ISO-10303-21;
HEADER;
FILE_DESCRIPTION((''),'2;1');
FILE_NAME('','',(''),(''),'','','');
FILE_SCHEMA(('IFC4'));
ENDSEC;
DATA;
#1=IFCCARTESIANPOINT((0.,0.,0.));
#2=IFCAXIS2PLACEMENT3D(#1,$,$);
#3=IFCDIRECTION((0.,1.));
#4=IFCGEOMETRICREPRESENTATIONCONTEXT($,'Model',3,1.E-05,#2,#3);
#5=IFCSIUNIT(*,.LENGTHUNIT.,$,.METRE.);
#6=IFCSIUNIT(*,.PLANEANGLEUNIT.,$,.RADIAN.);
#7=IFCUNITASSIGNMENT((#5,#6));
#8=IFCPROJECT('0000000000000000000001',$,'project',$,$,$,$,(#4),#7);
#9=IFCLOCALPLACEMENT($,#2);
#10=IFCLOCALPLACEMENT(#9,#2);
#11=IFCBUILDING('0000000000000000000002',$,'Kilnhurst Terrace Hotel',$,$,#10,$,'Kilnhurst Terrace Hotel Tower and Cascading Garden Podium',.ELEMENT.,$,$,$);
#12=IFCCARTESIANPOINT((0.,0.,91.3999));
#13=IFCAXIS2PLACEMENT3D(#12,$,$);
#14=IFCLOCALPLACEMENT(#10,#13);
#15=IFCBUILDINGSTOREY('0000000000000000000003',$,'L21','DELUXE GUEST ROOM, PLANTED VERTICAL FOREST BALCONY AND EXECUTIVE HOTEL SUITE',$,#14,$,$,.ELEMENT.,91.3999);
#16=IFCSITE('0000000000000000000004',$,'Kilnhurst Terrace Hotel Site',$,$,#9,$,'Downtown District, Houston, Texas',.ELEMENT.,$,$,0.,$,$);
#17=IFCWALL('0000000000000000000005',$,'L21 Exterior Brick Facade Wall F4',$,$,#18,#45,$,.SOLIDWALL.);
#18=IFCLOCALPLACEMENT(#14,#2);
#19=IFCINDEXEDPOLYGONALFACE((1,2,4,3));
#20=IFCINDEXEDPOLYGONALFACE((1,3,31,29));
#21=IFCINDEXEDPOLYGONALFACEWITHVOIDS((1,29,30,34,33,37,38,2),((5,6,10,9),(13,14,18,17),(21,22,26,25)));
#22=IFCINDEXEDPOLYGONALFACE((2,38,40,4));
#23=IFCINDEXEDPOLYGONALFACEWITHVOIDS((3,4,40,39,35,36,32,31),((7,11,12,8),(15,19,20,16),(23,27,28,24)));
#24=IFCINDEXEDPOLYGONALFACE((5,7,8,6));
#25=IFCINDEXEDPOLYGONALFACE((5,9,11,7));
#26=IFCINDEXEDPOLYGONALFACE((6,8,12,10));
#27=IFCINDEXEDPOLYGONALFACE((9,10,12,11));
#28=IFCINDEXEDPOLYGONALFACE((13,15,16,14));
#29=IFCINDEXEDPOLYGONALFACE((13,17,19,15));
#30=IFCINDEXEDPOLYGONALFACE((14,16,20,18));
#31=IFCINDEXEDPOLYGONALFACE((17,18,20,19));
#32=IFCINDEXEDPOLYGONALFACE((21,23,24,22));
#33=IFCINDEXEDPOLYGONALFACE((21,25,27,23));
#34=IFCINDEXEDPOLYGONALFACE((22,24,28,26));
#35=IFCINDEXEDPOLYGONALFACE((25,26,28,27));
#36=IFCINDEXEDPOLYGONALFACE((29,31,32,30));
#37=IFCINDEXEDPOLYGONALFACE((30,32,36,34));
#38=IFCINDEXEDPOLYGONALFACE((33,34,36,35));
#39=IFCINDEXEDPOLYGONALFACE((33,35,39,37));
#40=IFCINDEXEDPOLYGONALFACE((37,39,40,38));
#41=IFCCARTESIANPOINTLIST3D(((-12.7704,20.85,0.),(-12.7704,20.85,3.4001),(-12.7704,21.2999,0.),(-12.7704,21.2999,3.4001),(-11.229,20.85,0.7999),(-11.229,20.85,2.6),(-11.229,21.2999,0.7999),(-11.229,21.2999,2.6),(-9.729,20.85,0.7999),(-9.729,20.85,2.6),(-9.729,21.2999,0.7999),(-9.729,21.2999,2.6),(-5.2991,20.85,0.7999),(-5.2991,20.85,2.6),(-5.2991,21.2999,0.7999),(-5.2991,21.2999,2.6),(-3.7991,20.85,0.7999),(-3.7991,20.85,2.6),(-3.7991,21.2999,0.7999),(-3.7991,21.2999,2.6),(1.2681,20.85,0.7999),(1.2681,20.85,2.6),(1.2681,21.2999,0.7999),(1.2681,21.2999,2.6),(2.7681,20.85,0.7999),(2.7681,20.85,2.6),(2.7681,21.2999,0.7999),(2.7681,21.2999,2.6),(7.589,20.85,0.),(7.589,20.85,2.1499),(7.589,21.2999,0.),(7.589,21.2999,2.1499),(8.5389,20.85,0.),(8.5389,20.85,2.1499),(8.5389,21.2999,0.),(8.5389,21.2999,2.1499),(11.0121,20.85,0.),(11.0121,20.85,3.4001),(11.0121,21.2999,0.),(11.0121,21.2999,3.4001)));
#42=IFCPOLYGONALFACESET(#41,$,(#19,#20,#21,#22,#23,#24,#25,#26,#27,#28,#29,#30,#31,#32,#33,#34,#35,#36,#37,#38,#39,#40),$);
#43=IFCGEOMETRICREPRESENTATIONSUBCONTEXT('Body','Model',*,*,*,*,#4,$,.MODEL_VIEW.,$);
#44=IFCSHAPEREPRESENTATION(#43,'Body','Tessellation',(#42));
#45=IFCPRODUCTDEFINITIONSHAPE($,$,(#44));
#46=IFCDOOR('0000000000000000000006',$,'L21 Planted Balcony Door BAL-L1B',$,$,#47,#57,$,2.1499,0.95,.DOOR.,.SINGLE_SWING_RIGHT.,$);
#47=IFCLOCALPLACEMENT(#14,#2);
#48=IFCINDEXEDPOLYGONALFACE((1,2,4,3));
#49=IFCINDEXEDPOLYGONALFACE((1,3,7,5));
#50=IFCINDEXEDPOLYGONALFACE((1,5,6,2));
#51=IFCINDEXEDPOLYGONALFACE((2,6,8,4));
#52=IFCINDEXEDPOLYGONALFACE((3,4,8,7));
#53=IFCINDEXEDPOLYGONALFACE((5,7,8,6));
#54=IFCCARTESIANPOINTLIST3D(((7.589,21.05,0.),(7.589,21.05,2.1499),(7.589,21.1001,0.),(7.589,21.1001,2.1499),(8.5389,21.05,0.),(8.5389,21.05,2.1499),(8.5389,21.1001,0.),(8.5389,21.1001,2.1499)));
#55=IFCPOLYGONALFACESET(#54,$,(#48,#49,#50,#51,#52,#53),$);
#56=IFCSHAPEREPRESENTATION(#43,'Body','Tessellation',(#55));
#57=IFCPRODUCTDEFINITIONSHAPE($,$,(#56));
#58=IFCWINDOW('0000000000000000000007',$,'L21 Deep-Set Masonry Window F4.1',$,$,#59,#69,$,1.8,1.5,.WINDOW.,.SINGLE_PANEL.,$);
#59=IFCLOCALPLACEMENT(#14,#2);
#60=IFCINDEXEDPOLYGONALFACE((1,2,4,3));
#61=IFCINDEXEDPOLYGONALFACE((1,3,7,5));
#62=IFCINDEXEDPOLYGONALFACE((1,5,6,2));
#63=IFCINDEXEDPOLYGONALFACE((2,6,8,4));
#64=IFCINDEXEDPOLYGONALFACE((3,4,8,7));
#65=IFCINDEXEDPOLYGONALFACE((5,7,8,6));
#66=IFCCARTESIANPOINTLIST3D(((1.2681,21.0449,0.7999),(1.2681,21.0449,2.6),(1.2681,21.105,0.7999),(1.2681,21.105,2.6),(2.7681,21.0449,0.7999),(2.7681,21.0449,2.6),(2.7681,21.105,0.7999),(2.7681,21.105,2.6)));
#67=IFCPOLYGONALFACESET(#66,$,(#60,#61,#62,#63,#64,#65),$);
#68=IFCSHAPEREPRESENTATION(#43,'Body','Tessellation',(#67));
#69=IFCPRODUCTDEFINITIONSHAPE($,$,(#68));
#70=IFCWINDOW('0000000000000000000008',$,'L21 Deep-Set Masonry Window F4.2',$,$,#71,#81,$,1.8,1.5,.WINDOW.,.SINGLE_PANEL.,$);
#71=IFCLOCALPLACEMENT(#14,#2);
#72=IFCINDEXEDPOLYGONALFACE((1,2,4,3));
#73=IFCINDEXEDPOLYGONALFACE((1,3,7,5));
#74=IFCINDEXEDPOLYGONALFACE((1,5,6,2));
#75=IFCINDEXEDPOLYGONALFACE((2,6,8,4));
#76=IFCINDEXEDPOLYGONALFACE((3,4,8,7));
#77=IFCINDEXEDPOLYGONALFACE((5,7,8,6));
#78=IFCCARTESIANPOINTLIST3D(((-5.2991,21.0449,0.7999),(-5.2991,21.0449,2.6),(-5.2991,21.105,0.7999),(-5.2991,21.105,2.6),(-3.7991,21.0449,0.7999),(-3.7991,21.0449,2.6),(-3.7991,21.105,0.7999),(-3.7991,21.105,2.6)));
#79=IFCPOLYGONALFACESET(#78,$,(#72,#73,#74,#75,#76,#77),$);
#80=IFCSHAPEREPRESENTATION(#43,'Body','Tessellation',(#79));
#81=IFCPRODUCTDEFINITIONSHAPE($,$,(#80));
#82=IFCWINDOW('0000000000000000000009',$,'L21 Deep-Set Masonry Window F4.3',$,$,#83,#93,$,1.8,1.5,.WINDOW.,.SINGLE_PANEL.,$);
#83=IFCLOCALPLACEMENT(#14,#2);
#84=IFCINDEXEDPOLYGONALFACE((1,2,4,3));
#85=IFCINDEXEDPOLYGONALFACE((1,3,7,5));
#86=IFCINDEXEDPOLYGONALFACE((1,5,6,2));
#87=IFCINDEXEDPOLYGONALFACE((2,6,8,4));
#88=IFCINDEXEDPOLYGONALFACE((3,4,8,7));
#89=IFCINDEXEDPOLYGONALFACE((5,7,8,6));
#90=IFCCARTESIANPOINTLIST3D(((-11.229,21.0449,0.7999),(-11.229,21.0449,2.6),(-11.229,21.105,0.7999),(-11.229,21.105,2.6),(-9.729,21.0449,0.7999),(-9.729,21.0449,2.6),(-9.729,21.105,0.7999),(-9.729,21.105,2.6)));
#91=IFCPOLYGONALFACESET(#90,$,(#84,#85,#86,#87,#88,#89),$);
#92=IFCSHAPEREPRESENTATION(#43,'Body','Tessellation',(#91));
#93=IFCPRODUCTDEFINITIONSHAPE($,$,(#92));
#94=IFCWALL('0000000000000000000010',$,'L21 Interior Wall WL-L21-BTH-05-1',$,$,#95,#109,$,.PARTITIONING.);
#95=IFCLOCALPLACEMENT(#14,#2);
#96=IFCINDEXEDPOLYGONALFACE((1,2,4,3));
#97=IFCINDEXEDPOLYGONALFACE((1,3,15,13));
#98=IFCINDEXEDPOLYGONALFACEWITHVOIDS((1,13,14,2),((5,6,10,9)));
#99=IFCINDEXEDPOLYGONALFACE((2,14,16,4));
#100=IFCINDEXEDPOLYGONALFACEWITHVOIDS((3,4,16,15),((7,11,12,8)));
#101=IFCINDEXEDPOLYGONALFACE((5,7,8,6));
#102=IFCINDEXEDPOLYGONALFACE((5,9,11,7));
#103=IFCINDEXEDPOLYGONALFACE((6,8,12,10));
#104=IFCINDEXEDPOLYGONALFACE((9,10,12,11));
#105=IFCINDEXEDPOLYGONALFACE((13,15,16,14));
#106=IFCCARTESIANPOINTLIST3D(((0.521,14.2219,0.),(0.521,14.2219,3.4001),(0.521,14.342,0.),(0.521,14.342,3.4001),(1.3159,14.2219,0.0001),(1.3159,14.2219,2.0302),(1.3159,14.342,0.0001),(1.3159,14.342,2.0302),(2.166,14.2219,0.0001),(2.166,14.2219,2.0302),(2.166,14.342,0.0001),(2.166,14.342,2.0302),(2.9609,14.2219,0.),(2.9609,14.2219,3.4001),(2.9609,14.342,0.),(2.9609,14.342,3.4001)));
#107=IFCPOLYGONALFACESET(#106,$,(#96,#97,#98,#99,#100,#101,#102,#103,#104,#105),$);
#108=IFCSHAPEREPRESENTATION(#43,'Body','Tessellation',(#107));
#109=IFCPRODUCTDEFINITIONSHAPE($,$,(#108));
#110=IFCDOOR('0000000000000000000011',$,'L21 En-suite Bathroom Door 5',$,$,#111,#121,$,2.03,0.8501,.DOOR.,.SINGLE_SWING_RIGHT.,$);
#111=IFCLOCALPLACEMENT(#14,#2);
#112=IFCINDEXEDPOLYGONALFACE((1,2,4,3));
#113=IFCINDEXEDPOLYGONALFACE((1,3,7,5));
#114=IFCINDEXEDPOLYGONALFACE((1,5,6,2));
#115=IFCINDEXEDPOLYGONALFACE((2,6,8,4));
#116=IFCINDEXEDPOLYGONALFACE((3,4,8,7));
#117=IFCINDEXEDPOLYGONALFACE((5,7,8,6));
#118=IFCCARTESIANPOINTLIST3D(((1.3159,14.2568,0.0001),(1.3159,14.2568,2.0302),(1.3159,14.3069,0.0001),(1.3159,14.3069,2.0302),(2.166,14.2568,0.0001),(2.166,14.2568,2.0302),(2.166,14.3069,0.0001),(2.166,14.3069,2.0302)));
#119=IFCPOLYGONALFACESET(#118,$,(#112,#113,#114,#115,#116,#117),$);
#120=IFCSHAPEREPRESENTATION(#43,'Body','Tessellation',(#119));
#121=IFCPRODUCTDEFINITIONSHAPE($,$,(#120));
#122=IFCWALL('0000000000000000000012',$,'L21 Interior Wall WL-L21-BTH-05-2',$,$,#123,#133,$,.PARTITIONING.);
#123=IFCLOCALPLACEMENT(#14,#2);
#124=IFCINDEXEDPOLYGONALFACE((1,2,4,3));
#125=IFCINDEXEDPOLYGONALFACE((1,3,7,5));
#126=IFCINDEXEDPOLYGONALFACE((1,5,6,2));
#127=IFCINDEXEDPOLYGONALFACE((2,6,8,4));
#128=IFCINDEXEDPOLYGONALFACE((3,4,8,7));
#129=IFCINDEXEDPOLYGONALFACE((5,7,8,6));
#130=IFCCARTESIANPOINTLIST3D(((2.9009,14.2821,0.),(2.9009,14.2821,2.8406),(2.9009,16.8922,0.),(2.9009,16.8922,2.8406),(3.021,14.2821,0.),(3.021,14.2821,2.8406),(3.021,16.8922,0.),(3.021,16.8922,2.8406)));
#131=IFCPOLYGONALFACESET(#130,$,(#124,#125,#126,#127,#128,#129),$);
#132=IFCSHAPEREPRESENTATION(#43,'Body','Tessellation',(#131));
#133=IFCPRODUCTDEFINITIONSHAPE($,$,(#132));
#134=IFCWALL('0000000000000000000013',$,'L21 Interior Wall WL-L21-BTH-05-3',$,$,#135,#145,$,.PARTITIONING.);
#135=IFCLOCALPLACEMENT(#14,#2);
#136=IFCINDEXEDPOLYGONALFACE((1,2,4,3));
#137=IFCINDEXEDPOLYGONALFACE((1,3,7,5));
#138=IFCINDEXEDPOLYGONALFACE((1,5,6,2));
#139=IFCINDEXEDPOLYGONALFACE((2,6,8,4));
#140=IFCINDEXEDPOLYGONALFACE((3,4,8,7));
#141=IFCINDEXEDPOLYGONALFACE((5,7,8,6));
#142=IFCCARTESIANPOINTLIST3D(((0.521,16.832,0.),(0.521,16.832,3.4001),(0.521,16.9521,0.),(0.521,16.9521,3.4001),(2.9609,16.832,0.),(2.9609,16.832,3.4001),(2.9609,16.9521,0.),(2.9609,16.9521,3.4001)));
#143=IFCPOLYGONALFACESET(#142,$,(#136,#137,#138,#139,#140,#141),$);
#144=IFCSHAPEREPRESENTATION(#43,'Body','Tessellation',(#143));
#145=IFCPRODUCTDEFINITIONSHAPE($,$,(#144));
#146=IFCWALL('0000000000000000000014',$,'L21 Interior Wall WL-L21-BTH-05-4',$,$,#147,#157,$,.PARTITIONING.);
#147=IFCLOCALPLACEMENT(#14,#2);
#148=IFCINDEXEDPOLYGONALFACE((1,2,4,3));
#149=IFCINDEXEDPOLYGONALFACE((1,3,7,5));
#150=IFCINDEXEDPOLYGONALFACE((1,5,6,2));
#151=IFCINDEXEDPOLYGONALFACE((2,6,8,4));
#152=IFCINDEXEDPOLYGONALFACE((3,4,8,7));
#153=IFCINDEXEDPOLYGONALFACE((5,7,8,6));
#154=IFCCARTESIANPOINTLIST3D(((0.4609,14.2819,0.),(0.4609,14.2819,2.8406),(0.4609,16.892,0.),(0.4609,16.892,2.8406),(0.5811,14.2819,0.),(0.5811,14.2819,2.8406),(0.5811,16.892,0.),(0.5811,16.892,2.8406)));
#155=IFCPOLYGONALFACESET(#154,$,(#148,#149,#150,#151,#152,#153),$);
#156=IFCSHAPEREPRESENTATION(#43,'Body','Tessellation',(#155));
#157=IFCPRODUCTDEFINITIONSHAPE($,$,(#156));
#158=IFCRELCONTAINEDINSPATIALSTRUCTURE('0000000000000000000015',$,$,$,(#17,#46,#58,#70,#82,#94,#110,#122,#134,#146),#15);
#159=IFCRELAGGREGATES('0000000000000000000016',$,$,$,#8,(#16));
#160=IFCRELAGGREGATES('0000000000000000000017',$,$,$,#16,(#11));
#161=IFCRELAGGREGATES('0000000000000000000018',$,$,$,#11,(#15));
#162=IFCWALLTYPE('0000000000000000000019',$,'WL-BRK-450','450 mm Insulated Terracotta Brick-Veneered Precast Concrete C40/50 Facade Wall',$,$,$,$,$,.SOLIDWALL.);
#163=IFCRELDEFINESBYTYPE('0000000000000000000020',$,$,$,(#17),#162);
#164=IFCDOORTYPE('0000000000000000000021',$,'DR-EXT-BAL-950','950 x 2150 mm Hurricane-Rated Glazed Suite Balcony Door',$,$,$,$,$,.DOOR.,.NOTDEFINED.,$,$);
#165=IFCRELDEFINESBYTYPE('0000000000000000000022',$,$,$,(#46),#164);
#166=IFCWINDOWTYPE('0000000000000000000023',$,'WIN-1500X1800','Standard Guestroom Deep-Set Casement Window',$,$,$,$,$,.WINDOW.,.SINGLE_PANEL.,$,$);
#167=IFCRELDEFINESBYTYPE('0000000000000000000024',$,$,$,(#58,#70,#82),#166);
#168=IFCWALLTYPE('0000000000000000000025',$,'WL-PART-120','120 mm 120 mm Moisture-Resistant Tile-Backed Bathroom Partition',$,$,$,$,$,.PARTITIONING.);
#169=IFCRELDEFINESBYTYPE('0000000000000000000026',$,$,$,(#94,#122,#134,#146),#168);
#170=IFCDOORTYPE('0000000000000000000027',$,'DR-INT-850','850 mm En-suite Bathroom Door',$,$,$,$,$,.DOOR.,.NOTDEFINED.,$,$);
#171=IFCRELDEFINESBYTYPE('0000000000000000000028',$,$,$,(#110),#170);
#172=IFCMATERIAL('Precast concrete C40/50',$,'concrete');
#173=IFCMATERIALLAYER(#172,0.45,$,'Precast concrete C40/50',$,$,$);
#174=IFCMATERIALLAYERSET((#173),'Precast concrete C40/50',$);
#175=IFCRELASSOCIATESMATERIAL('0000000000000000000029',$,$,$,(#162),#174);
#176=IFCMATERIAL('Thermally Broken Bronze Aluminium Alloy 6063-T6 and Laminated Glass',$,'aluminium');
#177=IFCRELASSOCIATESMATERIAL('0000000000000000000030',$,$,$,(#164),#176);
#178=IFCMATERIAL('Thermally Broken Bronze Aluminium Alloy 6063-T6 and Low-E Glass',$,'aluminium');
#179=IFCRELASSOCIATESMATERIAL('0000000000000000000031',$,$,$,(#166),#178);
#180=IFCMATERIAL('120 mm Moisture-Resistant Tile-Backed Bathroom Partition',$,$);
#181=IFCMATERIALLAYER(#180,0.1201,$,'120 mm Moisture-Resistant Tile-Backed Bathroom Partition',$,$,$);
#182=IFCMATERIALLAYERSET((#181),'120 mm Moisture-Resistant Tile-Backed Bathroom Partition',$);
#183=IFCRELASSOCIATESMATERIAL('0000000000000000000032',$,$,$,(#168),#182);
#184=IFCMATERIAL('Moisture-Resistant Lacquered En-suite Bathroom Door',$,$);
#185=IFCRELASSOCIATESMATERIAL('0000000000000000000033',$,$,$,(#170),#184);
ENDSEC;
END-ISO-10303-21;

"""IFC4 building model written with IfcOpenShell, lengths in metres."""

from ifc_helpers import new_model, si_unit, direction, frame, frame_2d, origin, place, context, subcontext, project, spatial, rectangle, extrude, material, layer, layer_set, type_object, element, fill, save


model = new_model("IFC4")

# Units and contexts
model_context = context("Model", 3, precision=1e-05, world=origin(), true_north=direction((0.0, 1.0)))
body_context = subcontext(model_context, "Body", "Model", "MODEL_VIEW")
ifc_project = project(units=[si_unit("LENGTHUNIT", "METRE"), si_unit("PLANEANGLEUNIT", "RADIAN")], contexts=[model_context])

# Site, building, storey
site_placement = place(None, origin())
site = spatial("IfcSite", under=ifc_project, at=site_placement, Name="Kilnhurst Terrace Hotel Site", LongName="Downtown District, Houston, Texas", CompositionType="ELEMENT", RefElevation=0.0)
building_placement = place(site_placement, origin())
building = spatial("IfcBuilding", under=site, at=building_placement, Name="Kilnhurst Terrace Hotel", LongName="Kilnhurst Terrace Hotel Tower and Cascading Garden Podium", CompositionType="ELEMENT")
storey_placement = place(building_placement, frame((0.0, 0.0, 91.3999)))
storey = spatial("IfcBuildingStorey", under=building, at=storey_placement, Name="L21", Description="DELUXE GUEST ROOM, PLANTED VERTICAL FOREST BALCONY AND EXECUTIVE HOTEL SUITE", CompositionType="ELEMENT", Elevation=91.3999)

# Shared definitions
ifc_material_1 = material(Name="Precast concrete C40/50", Category="concrete")
ifc_layer_1 = layer(ifc_material_1, 0.45, Name="Precast concrete C40/50")
ifc_layer_set_1 = layer_set([ifc_layer_1], Name="Precast concrete C40/50")
wall_type_1 = type_object("IfcWallType", Name="WL-BRK-450", Description="450 mm Insulated Terracotta Brick-Veneered Precast Concrete C40/50 Facade Wall", PredefinedType="SOLIDWALL", material=ifc_layer_set_1)

# Wall, openings, door, windows
wall_1_placement = place(storey_placement, frame((11.012, 21.075, 0.0), z_axis=(0.0, 0.0, 1.0), x_axis=(-1.0, 0.0, 0.0)))
wall_1 = element("IfcWall", 1, at=wall_1_placement, inside=storey, type_object=wall_type_1, Name="L21 Exterior Brick Facade Wall F4", PredefinedType="SOLIDWALL", context=body_context, shape_type="SweptSolid", body=[
    extrude(rectangle(XDim=23.7825, YDim=0.45, at=frame_2d((11.8911, 0.0))), origin(), (0.0, 0.0, 1.0), 3.4001),
])
opening_1_placement = place(wall_1_placement, frame((2.4729, 0.0, 0.0)))
opening_1 = element("IfcOpeningElement", 2, at=opening_1_placement, cuts=wall_1, PredefinedType="OPENING", context=body_context, shape_type="SweptSolid", body=[
    extrude(rectangle(XDim=0.95, YDim=2.1499, at=frame_2d((0.4751, 1.075))), frame((0.0, 0.2349, 0.0), z_axis=(0.0, -1.0, 0.0), x_axis=(1.0, 0.0, 0.0)), (0.0, 0.0, 1.0), 0.47),
])
opening_2_placement = place(wall_1_placement, frame((8.2439, 0.0, 0.8)))
opening_2 = element("IfcOpeningElement", 3, at=opening_2_placement, cuts=wall_1, PredefinedType="OPENING", context=body_context, shape_type="SweptSolid", body=[
    extrude(rectangle(XDim=1.5, YDim=1.8, at=frame_2d((0.75, 0.8999))), frame((0.0, 0.2349, 0.0), z_axis=(0.0, -1.0, 0.0), x_axis=(1.0, 0.0, 0.0)), (0.0, 0.0, 1.0), 0.47),
])
opening_3_placement = place(wall_1_placement, frame((14.811, 0.0, 0.8)))
opening_3 = element("IfcOpeningElement", 4, at=opening_3_placement, cuts=wall_1, PredefinedType="OPENING", context=body_context, shape_type="SweptSolid", body=[
    extrude(rectangle(XDim=1.5, YDim=1.8, at=frame_2d((0.75, 0.8999))), frame((0.0, 0.2349, 0.0), z_axis=(0.0, -1.0, 0.0), x_axis=(1.0, 0.0, 0.0)), (0.0, 0.0, 1.0), 0.47),
])
opening_4_placement = place(wall_1_placement, frame((20.741, 0.0, 0.8)))
opening_4 = element("IfcOpeningElement", 5, at=opening_4_placement, cuts=wall_1, PredefinedType="OPENING", context=body_context, shape_type="SweptSolid", body=[
    extrude(rectangle(XDim=1.5, YDim=1.8, at=frame_2d((0.75, 0.8999))), frame((0.0, 0.2349, 0.0), z_axis=(0.0, -1.0, 0.0), x_axis=(1.0, 0.0, 0.0)), (0.0, 0.0, 1.0), 0.47),
])
ifc_material_2 = material(Name="Thermally Broken Bronze Aluminium Alloy 6063-T6 and Laminated Glass", Category="aluminium")
door_type_1 = type_object("IfcDoorType", Name="DR-EXT-BAL-950", Description="950 x 2150 mm Hurricane-Rated Glazed Suite Balcony Door", OperationType="NOTDEFINED", PredefinedType="DOOR", material=ifc_material_2)
door_1_placement = place(opening_1_placement, origin())
door_1 = element("IfcDoor", 6, at=door_1_placement, inside=storey, type_object=door_type_1, Name="L21 Planted Balcony Door BAL-L1B", OperationType="SINGLE_SWING_RIGHT", OverallHeight=2.1499, OverallWidth=0.95, PredefinedType="DOOR", context=body_context, shape_type="SweptSolid", body=[
    extrude(rectangle(XDim=0.95, YDim=2.1499, at=frame_2d((0.4751, 1.075))), frame((0.0, 0.0249, 0.0), z_axis=(0.0, -1.0, 0.0), x_axis=(1.0, 0.0, 0.0)), (0.0, 0.0, 1.0), 0.05),
])
fill(opening_1, door_1)
ifc_material_3 = material(Name="Thermally Broken Bronze Aluminium Alloy 6063-T6 and Low-E Glass", Category="aluminium")
window_type = type_object("IfcWindowType", Name="WIN-1500X1800", Description="Standard Guestroom Deep-Set Casement Window", PartitioningType="SINGLE_PANEL", PredefinedType="WINDOW", material=ifc_material_3)
window_1_placement = place(opening_2_placement, origin())
window_1 = element("IfcWindow", 7, at=window_1_placement, inside=storey, type_object=window_type, Name="L21 Deep-Set Masonry Window F4.1", OverallHeight=1.8, OverallWidth=1.5, PartitioningType="SINGLE_PANEL", PredefinedType="WINDOW", context=body_context, shape_type="SweptSolid", body=[
    extrude(rectangle(XDim=1.5, YDim=1.8, at=frame_2d((0.75, 0.8999))), frame((0.0, 0.03, 0.0), z_axis=(0.0, -1.0, 0.0), x_axis=(1.0, 0.0, 0.0)), (0.0, 0.0, 1.0), 0.0601),
])
fill(opening_2, window_1)
window_2_placement = place(opening_3_placement, origin())
window_2 = element("IfcWindow", 8, at=window_2_placement, inside=storey, type_object=window_type, Name="L21 Deep-Set Masonry Window F4.2", OverallHeight=1.8, OverallWidth=1.5, PartitioningType="SINGLE_PANEL", PredefinedType="WINDOW", context=body_context, shape_type="SweptSolid", body=[
    extrude(rectangle(XDim=1.5, YDim=1.8, at=frame_2d((0.75, 0.8999))), frame((0.0, 0.03, 0.0), z_axis=(0.0, -1.0, 0.0), x_axis=(1.0, 0.0, 0.0)), (0.0, 0.0, 1.0), 0.0601),
])
fill(opening_3, window_2)
window_3_placement = place(opening_4_placement, origin())
window_3 = element("IfcWindow", 9, at=window_3_placement, inside=storey, type_object=window_type, Name="L21 Deep-Set Masonry Window F4.3", OverallHeight=1.8, OverallWidth=1.5, PartitioningType="SINGLE_PANEL", PredefinedType="WINDOW", context=body_context, shape_type="SweptSolid", body=[
    extrude(rectangle(XDim=1.5, YDim=1.8, at=frame_2d((0.75, 0.8999))), frame((0.0, 0.03, 0.0), z_axis=(0.0, -1.0, 0.0), x_axis=(1.0, 0.0, 0.0)), (0.0, 0.0, 1.0), 0.0601),
])
fill(opening_4, window_3)

# Wall, opening, door
ifc_material_4 = material(Name="120 mm Moisture-Resistant Tile-Backed Bathroom Partition")
ifc_layer_2 = layer(ifc_material_4, 0.1201, Name="120 mm Moisture-Resistant Tile-Backed Bathroom Partition")
ifc_layer_set_2 = layer_set([ifc_layer_2], Name="120 mm Moisture-Resistant Tile-Backed Bathroom Partition")
wall_type_2 = type_object("IfcWallType", Name="WL-PART-120", Description="120 mm 120 mm Moisture-Resistant Tile-Backed Bathroom Partition", PredefinedType="PARTITIONING", material=ifc_layer_set_2)
wall_2_placement = place(storey_placement, frame((0.521, 14.282, 0.0), z_axis=(0.0, 0.0, 1.0), x_axis=(1.0, 0.0, 0.0)))
wall_2 = element("IfcWall", 10, at=wall_2_placement, inside=storey, type_object=wall_type_2, Name="L21 Interior Wall WL-L21-BTH-05-1", PredefinedType="PARTITIONING", context=body_context, shape_type="SweptSolid", body=[
    extrude(rectangle(XDim=2.4399, YDim=0.1201, at=frame_2d((1.22, 0.0))), origin(), (0.0, 0.0, 1.0), 3.4001),
])
opening_5_placement = place(wall_2_placement, frame((0.7949, 0.0, 0.0)))
opening_5 = element("IfcOpeningElement", 11, at=opening_5_placement, cuts=wall_2, PredefinedType="OPENING", context=body_context, shape_type="SweptSolid", body=[
    extrude(rectangle(XDim=0.8501, YDim=2.03, at=frame_2d((0.425, 1.0151))), frame((0.0, 0.0701, 0.0), z_axis=(0.0, -1.0, 0.0), x_axis=(1.0, 0.0, 0.0)), (0.0, 0.0, 1.0), 0.1401),
])
ifc_material_5 = material(Name="Moisture-Resistant Lacquered En-suite Bathroom Door")
door_type_2 = type_object("IfcDoorType", Name="DR-INT-850", Description="850 mm En-suite Bathroom Door", OperationType="NOTDEFINED", PredefinedType="DOOR", material=ifc_material_5)
door_2_placement = place(opening_5_placement, origin())
door_2 = element("IfcDoor", 12, at=door_2_placement, inside=storey, type_object=door_type_2, Name="L21 En-suite Bathroom Door 5", OperationType="SINGLE_SWING_RIGHT", OverallHeight=2.03, OverallWidth=0.8501, PredefinedType="DOOR", context=body_context, shape_type="SweptSolid", body=[
    extrude(rectangle(XDim=0.8501, YDim=2.03, at=frame_2d((0.425, 1.0151))), frame((0.0, 0.0249, 0.0), z_axis=(0.0, -1.0, 0.0), x_axis=(1.0, 0.0, 0.0)), (0.0, 0.0, 1.0), 0.05),
])
fill(opening_5, door_2)

# Walls
wall_3_placement = place(storey_placement, frame((2.9609, 14.282, 0.0), z_axis=(0.0, 0.0, 1.0), x_axis=(0.0, 1.0, 0.0)))
element("IfcWall", 13, at=wall_3_placement, inside=storey, type_object=wall_type_2, Name="L21 Interior Wall WL-L21-BTH-05-2", PredefinedType="PARTITIONING", context=body_context, shape_type="SweptSolid", body=[
    extrude(rectangle(XDim=2.6101, YDim=0.1201, at=frame_2d((1.3052, 0.0))), origin(), (0.0, 0.0, 1.0), 2.8406),
])
wall_4_placement = place(storey_placement, frame((2.9609, 16.8921, 0.0), z_axis=(0.0, 0.0, 1.0), x_axis=(-1.0, 0.0, 0.0)))
element("IfcWall", 14, at=wall_4_placement, inside=storey, type_object=wall_type_2, Name="L21 Interior Wall WL-L21-BTH-05-3", PredefinedType="PARTITIONING", context=body_context, shape_type="SweptSolid", body=[
    extrude(rectangle(XDim=2.4399, YDim=0.1201, at=frame_2d((1.22, 0.0))), origin(), (0.0, 0.0, 1.0), 3.4001),
])
wall_5_placement = place(storey_placement, frame((0.521, 16.8921, 0.0), z_axis=(0.0, 0.0, 1.0), x_axis=(0.0, -1.0, 0.0)))
element("IfcWall", 15, at=wall_5_placement, inside=storey, type_object=wall_type_2, Name="L21 Interior Wall WL-L21-BTH-05-4", PredefinedType="PARTITIONING", context=body_context, shape_type="SweptSolid", body=[
    extrude(rectangle(XDim=2.6101, YDim=0.1201, at=frame_2d((1.3052, 0.0))), origin(), (0.0, 0.0, 1.0), 2.8406),
])

save(model, "model.ifc")
